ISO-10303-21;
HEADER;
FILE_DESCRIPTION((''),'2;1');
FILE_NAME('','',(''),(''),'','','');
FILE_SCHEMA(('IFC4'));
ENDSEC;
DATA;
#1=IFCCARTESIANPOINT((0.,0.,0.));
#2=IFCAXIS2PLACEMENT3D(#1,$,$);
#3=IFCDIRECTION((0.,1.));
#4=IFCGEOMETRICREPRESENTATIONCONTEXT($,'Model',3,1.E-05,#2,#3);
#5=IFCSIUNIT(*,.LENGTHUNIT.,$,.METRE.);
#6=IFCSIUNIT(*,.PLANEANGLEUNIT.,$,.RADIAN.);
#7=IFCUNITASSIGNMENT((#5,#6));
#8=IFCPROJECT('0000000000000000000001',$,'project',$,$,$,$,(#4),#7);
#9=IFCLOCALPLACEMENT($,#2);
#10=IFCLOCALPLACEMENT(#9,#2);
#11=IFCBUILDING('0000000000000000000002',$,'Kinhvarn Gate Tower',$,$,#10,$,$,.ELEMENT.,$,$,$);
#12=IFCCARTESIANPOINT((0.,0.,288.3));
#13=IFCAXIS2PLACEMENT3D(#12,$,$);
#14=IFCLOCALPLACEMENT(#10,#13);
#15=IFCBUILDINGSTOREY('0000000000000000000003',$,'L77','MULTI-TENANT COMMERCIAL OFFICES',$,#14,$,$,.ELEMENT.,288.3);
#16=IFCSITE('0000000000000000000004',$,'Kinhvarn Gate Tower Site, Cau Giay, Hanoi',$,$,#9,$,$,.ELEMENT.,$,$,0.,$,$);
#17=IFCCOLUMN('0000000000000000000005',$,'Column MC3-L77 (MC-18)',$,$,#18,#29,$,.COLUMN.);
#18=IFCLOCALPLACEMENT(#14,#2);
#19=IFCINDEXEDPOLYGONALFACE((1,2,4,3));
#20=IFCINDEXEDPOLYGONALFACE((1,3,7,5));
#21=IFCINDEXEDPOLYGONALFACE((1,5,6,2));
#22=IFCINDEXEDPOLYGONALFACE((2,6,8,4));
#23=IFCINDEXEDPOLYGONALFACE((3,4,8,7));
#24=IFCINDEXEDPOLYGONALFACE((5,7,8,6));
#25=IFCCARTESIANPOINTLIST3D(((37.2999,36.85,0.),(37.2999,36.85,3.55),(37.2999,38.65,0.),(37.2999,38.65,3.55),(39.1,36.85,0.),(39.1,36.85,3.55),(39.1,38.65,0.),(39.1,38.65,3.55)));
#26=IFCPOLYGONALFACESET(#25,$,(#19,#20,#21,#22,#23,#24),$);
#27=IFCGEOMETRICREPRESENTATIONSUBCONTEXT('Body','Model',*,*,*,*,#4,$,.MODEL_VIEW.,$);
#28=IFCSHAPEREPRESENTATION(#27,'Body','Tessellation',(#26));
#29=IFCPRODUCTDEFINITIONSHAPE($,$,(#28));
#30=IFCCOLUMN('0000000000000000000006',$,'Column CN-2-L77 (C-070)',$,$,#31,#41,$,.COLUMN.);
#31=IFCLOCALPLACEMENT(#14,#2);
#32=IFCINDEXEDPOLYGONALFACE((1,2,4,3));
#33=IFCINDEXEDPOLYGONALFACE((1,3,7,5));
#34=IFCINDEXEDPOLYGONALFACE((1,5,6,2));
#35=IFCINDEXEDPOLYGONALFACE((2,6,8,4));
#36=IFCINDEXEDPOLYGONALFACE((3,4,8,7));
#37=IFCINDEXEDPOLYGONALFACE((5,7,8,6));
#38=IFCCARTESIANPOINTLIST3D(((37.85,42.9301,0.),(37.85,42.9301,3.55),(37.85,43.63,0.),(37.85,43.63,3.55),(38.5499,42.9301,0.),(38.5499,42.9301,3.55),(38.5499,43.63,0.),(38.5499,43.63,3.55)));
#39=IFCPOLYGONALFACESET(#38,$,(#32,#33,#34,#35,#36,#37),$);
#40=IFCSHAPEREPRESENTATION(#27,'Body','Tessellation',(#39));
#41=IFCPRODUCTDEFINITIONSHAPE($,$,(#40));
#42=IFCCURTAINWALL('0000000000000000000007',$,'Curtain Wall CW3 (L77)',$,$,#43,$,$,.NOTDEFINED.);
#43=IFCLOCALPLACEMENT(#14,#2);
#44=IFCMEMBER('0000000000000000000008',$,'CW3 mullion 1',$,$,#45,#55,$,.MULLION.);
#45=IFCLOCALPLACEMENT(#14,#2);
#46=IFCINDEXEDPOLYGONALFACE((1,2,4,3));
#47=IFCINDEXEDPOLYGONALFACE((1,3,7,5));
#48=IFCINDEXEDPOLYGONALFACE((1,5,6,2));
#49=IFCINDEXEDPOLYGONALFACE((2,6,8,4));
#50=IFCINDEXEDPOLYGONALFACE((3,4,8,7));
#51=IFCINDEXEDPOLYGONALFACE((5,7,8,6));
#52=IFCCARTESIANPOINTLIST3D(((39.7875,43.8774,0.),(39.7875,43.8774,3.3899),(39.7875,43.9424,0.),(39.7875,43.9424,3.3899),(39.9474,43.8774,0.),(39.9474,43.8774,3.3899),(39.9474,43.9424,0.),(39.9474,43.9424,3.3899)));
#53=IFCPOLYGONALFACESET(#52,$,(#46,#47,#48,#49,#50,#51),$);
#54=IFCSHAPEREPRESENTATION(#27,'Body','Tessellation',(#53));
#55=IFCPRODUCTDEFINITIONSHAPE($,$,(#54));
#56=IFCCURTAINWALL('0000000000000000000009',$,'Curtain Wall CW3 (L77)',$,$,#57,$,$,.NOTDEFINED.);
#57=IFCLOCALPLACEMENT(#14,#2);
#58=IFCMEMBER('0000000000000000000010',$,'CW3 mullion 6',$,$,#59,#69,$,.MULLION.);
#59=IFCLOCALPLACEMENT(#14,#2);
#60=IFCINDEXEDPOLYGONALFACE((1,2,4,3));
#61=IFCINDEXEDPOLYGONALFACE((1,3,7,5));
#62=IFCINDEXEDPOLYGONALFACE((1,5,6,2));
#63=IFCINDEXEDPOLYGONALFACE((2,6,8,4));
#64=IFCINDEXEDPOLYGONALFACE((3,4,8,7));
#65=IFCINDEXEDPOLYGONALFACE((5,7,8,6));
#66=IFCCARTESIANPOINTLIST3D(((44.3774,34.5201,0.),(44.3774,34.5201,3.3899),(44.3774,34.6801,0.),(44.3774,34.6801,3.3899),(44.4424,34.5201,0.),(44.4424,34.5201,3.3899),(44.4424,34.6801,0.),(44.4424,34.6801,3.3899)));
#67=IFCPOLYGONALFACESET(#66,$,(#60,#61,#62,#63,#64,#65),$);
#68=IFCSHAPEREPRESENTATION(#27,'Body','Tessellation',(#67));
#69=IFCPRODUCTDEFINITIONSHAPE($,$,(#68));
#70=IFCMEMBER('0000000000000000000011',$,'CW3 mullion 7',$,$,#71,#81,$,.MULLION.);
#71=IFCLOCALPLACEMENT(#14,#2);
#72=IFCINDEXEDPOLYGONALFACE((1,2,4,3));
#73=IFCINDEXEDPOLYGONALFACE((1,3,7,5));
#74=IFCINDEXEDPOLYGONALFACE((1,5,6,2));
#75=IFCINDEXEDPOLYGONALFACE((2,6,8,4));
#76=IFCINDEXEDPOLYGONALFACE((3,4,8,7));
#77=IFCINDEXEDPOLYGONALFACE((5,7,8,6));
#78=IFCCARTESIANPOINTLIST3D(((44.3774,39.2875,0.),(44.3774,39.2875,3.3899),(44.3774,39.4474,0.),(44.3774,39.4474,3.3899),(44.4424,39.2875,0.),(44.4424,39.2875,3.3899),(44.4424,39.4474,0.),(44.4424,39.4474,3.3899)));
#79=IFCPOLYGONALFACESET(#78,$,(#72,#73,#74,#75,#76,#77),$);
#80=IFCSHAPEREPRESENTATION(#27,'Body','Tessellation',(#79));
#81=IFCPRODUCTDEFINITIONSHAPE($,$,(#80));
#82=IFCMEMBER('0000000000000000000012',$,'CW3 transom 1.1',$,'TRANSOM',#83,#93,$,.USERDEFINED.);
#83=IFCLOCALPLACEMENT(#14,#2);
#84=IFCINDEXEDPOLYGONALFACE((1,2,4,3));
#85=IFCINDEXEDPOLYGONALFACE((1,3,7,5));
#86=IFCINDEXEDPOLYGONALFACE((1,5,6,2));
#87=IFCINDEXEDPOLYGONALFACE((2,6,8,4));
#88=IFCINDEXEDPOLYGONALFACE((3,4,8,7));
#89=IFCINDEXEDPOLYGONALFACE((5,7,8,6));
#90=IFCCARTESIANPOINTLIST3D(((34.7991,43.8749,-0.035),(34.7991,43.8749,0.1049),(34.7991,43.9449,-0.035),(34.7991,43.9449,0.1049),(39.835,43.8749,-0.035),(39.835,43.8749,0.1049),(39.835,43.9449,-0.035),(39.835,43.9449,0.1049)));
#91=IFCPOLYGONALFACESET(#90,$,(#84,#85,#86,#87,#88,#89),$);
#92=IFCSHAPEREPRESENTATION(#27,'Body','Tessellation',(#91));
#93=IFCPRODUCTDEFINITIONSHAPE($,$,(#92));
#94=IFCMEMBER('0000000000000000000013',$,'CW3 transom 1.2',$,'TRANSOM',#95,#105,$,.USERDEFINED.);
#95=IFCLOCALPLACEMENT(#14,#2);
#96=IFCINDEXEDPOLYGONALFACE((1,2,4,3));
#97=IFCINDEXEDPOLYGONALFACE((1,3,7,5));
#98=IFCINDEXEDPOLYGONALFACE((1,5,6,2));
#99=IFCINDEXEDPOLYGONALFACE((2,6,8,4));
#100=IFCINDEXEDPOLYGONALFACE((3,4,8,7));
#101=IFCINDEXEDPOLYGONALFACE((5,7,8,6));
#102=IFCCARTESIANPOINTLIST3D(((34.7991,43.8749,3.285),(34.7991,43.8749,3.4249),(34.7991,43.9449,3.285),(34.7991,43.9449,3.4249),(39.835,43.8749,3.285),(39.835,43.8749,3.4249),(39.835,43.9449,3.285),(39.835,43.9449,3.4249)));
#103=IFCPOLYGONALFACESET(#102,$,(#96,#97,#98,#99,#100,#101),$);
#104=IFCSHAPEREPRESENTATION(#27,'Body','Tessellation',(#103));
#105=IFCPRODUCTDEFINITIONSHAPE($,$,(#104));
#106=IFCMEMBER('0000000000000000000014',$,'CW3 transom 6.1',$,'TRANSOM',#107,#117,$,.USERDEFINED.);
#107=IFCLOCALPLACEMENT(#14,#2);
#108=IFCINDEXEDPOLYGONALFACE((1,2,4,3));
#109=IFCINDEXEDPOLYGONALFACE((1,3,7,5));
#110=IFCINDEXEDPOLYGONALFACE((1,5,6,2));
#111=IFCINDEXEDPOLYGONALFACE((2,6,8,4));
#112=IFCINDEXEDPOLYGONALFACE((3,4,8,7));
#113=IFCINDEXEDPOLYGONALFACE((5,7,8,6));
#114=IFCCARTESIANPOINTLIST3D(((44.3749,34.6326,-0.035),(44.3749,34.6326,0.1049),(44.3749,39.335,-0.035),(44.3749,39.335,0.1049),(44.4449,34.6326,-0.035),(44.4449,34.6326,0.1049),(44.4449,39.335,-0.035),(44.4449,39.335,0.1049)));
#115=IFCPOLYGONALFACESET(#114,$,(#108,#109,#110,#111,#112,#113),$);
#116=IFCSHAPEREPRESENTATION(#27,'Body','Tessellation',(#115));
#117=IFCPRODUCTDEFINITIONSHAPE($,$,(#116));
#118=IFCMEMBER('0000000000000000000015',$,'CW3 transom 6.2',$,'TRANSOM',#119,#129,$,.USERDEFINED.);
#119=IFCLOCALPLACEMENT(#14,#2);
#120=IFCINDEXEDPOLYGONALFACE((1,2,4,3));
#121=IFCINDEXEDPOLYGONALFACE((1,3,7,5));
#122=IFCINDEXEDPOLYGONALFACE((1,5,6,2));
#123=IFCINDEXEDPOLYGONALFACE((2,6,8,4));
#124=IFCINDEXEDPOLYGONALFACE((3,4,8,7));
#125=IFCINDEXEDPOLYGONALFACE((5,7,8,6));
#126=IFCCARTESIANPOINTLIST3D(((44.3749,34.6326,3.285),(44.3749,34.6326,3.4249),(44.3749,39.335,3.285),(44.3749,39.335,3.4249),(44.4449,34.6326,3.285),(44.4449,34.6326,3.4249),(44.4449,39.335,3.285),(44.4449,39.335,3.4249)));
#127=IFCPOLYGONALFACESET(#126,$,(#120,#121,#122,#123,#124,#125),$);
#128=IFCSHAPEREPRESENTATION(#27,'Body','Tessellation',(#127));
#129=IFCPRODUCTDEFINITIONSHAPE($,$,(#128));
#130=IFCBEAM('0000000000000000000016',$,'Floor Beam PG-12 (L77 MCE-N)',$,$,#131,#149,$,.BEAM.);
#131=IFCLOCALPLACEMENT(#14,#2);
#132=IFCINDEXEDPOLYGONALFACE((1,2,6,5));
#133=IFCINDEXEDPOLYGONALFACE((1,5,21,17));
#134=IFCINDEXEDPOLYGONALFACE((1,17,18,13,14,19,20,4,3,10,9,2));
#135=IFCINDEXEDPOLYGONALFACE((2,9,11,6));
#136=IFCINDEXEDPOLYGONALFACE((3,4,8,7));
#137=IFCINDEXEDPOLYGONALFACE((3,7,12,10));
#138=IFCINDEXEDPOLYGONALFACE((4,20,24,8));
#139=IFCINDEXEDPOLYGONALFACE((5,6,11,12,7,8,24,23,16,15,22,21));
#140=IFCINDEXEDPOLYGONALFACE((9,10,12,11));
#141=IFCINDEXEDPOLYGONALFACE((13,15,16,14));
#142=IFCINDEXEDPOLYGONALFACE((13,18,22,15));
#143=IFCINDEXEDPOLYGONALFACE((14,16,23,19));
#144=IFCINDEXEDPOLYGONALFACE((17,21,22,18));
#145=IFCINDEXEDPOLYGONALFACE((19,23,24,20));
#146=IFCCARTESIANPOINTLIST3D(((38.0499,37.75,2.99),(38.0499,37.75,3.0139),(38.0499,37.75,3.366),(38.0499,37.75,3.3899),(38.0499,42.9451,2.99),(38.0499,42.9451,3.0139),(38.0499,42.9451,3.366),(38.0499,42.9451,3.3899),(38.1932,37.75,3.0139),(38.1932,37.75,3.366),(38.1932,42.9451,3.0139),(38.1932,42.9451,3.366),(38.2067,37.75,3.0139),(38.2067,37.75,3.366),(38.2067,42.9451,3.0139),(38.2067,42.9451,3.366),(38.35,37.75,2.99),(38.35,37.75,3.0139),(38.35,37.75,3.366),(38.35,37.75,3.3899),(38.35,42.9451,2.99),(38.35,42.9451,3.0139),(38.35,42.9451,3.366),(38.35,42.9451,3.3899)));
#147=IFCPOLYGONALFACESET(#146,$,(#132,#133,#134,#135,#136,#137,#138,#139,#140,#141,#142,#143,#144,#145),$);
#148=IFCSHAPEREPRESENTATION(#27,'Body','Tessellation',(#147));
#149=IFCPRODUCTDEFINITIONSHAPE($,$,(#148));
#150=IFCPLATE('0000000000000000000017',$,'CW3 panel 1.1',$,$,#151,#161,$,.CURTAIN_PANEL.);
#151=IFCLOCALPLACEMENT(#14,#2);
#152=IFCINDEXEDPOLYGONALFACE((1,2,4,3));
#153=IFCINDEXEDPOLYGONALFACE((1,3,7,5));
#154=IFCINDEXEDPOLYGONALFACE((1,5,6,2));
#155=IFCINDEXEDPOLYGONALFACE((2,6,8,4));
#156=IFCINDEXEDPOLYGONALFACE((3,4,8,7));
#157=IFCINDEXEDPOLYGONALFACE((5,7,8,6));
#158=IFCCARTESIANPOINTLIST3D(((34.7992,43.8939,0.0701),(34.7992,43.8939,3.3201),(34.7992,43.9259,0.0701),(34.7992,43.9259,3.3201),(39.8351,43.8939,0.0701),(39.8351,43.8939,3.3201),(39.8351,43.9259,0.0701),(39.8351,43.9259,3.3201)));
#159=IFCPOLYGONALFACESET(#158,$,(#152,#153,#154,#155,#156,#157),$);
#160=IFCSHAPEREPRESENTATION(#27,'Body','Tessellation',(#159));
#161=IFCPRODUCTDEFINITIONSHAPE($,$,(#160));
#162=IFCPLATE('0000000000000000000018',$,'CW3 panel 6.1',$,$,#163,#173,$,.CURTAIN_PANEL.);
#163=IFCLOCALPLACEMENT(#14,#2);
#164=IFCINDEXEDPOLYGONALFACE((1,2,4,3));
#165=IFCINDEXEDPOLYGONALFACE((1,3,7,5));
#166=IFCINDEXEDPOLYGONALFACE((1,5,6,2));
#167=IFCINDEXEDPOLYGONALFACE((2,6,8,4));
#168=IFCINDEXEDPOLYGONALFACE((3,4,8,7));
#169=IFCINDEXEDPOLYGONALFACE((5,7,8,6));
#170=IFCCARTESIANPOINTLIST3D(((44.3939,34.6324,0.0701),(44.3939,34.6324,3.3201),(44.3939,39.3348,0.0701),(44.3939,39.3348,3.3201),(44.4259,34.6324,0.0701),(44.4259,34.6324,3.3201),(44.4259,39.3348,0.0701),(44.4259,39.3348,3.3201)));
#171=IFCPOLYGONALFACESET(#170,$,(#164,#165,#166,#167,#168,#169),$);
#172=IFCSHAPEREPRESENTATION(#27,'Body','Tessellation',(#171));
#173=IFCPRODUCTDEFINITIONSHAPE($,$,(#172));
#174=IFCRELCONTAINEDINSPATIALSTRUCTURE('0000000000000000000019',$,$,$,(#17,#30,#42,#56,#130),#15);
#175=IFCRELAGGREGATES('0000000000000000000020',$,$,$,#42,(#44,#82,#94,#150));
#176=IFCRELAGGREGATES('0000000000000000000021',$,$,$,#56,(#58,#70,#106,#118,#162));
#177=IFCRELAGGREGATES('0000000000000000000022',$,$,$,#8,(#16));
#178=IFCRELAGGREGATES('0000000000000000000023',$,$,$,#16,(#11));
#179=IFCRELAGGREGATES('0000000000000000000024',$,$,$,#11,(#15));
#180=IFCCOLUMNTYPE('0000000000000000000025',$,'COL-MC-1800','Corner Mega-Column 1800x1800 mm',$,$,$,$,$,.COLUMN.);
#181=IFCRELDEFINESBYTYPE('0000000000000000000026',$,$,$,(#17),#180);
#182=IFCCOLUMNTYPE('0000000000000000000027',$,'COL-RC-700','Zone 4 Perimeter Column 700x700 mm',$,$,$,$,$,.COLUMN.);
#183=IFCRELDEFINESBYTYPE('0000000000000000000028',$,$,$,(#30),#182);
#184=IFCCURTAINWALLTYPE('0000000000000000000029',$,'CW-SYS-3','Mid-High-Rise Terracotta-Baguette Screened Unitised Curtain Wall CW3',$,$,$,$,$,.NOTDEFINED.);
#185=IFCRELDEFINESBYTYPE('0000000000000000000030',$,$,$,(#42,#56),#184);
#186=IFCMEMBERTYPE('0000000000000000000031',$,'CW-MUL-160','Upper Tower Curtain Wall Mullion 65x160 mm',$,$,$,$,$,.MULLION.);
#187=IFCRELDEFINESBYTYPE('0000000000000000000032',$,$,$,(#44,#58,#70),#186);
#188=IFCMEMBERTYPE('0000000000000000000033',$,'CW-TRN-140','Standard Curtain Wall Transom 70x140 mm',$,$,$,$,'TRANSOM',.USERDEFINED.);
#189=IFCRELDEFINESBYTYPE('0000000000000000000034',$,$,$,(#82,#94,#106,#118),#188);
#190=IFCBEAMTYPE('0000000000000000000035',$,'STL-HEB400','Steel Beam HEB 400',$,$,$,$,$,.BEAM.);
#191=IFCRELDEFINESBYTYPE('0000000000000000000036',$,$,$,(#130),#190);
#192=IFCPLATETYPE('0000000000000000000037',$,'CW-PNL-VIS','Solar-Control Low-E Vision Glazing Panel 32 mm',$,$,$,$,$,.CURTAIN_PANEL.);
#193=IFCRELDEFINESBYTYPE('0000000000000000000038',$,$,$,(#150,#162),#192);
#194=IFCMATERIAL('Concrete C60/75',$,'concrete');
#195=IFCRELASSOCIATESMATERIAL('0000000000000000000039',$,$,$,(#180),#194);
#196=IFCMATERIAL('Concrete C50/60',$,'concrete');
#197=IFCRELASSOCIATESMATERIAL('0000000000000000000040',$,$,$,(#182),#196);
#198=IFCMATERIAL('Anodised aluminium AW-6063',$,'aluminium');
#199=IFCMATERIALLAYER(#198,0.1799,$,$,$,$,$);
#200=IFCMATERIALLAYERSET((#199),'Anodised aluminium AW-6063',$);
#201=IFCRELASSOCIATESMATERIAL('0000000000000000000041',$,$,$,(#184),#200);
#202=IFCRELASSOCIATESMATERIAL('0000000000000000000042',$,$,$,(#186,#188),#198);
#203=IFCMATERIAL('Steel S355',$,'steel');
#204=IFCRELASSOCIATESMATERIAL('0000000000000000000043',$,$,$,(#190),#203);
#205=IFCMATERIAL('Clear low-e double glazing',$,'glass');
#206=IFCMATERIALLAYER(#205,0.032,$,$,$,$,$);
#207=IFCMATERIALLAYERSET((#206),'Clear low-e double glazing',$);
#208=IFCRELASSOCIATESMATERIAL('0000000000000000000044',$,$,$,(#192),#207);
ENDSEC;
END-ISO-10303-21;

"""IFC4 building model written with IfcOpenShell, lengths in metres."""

from ifc_helpers import new_model, si_unit, direction, frame, origin, origin_2d, place, context, subcontext, project, spatial, rectangle, i_section, extrude, material, layer, layer_set, material_profile, profile_set, type_object, element, aggregate, save


model = new_model("IFC4")

# Units and contexts
model_context = context("Model", 3, precision=1e-05, world=origin(), true_north=direction((0.0, 1.0)))
body_context = subcontext(model_context, "Body", "Model", "MODEL_VIEW")
ifc_project = project(units=[si_unit("LENGTHUNIT", "METRE"), si_unit("PLANEANGLEUNIT", "RADIAN")], contexts=[model_context])

# Site, building, storey
site_placement = place(None, origin())
site = spatial("IfcSite", under=ifc_project, at=site_placement, Name="Kinhvarn Gate Tower Site, Cau Giay, Hanoi", CompositionType="ELEMENT", RefElevation=0.0)
building_placement = place(site_placement, origin())
building = spatial("IfcBuilding", under=site, at=building_placement, Name="Kinhvarn Gate Tower", CompositionType="ELEMENT")
storey_placement = place(building_placement, frame((0.0, 0.0, 288.3)))
storey = spatial("IfcBuildingStorey", under=building, at=storey_placement, Name="L77", Description="MULTI-TENANT COMMERCIAL OFFICES", CompositionType="ELEMENT", Elevation=288.3)

# Columns
ifc_material_1 = material(Name="Concrete C60/75", Category="concrete")
ifc_material_profile_1 = material_profile(ifc_material_1, rectangle(XDim=1.8, YDim=1.8, at=origin_2d()), Name="RC 1800x1800")
ifc_profile_set_1 = profile_set([ifc_material_profile_1], Name="Concrete C60/75")
column_type_1 = type_object("IfcColumnType", Name="COL-MC-1800", Description="Corner Mega-Column 1800x1800 mm", PredefinedType="COLUMN", material=ifc_profile_set_1)
column_1_placement = place(storey_placement, frame((38.2, 37.75, 0.0), z_axis=(0.0, 0.0, 1.0), x_axis=(1.0, 0.0, 0.0)))
element("IfcColumn", 1, at=column_1_placement, inside=storey, type_object=column_type_1, Name="Column MC3-L77 (MC-18)", PredefinedType="COLUMN", context=body_context, shape_type="SweptSolid", body=[
    extrude(rectangle(XDim=1.8, YDim=1.8, at=origin_2d()), origin(), (0.0, 0.0, 1.0), 3.55),
])
ifc_material_2 = material(Name="Concrete C50/60", Category="concrete")
ifc_material_profile_2 = material_profile(ifc_material_2, rectangle(XDim=0.7, YDim=0.7, at=origin_2d()), Name="RC 700x700")
ifc_profile_set_2 = profile_set([ifc_material_profile_2], Name="Concrete C50/60")
column_type_2 = type_object("IfcColumnType", Name="COL-RC-700", Description="Zone 4 Perimeter Column 700x700 mm", PredefinedType="COLUMN", material=ifc_profile_set_2)
column_2_placement = place(storey_placement, frame((38.2, 43.28, 0.0), z_axis=(0.0, 0.0, 1.0), x_axis=(1.0, 0.0, 0.0)))
element("IfcColumn", 2, at=column_2_placement, inside=storey, type_object=column_type_2, Name="Column CN-2-L77 (C-070)", PredefinedType="COLUMN", context=body_context, shape_type="SweptSolid", body=[
    extrude(rectangle(XDim=0.7, YDim=0.7, at=origin_2d()), origin(), (0.0, 0.0, 1.0), 3.55),
])

# Curtain wall, member
ifc_material_3 = material(Name="Anodised aluminium AW-6063", Category="aluminium")
ifc_layer_1 = layer(ifc_material_3, 0.1799)
ifc_layer_set_1 = layer_set([ifc_layer_1], Name="Anodised aluminium AW-6063")
curtain_wall_type = type_object("IfcCurtainWallType", Name="CW-SYS-3", Description="Mid-High-Rise Terracotta-Baguette Screened Unitised Curtain Wall CW3", PredefinedType="NOTDEFINED", material=ifc_layer_set_1)
curtain_wall_1_placement = place(storey_placement, origin())
curtain_wall_1 = element("IfcCurtainWall", 3, at=curtain_wall_1_placement, inside=storey, type_object=curtain_wall_type, Name="Curtain Wall CW3 (L77)", PredefinedType="NOTDEFINED")
ifc_material_profile_3 = material_profile(ifc_material_3, rectangle(XDim=0.0649, YDim=0.1599, at=origin_2d()), Name="ALU 65x160")
ifc_profile_set_3 = profile_set([ifc_material_profile_3], Name="Anodised aluminium AW-6063")
member_type_1 = type_object("IfcMemberType", Name="CW-MUL-160", Description="Upper Tower Curtain Wall Mullion 65x160 mm", PredefinedType="MULLION", material=ifc_profile_set_3)
member_1_placement = place(storey_placement, frame((39.8674, 43.9099, 0.0), z_axis=(0.0, 0.0, 1.0), x_axis=(0.0, -1.0, 0.0)))
member_1 = element("IfcMember", 4, at=member_1_placement, type_object=member_type_1, Name="CW3 mullion 1", PredefinedType="MULLION", context=body_context, shape_type="SweptSolid", body=[
    extrude(rectangle(XDim=0.0649, YDim=0.1599, at=origin_2d()), origin(), (0.0, 0.0, 1.0), 3.3899),
])

# Curtain wall, members
curtain_wall_2_placement = place(storey_placement, origin())
curtain_wall_2 = element("IfcCurtainWall", 5, at=curtain_wall_2_placement, inside=storey, type_object=curtain_wall_type, Name="Curtain Wall CW3 (L77)", PredefinedType="NOTDEFINED")
member_2_placement = place(storey_placement, frame((44.4099, 34.6001, 0.0), z_axis=(0.0, 0.0, 1.0), x_axis=(-1.0, 0.0, 0.0)))
member_2 = element("IfcMember", 6, at=member_2_placement, type_object=member_type_1, Name="CW3 mullion 6", PredefinedType="MULLION", context=body_context, shape_type="SweptSolid", body=[
    extrude(rectangle(XDim=0.0649, YDim=0.1599, at=origin_2d()), origin(), (0.0, 0.0, 1.0), 3.3899),
])
member_3_placement = place(storey_placement, frame((44.4099, 39.3674, 0.0), z_axis=(0.0, 0.0, 1.0), x_axis=(-1.0, 0.0, 0.0)))
member_3 = element("IfcMember", 7, at=member_3_placement, type_object=member_type_1, Name="CW3 mullion 7", PredefinedType="MULLION", context=body_context, shape_type="SweptSolid", body=[
    extrude(rectangle(XDim=0.0649, YDim=0.1599, at=origin_2d()), origin(), (0.0, 0.0, 1.0), 3.3899),
])

# Members
ifc_material_profile_4 = material_profile(ifc_material_3, rectangle(XDim=0.0701, YDim=0.1399, at=origin_2d()), Name="ALU 70x140")
ifc_profile_set_4 = profile_set([ifc_material_profile_4], Name="Anodised aluminium AW-6063")
member_type_2 = type_object("IfcMemberType", Name="CW-TRN-140", Description="Standard Curtain Wall Transom 70x140 mm", ElementType="TRANSOM", PredefinedType="USERDEFINED", material=ifc_profile_set_4)
member_4_placement = place(storey_placement, frame((39.835, 43.9099, 0.0349), z_axis=(-1.0, 0.0, 0.0), x_axis=(0.0, -1.0, 0.0)))
member_4 = element("IfcMember", 8, at=member_4_placement, type_object=member_type_2, Name="CW3 transom 1.1", ObjectType="TRANSOM", PredefinedType="USERDEFINED", context=body_context, shape_type="SweptSolid", body=[
    extrude(rectangle(XDim=0.0701, YDim=0.1399, at=origin_2d()), origin(), (0.0, 0.0, 1.0), 5.0359),
])
member_5_placement = place(storey_placement, frame((39.835, 43.9099, 3.355), z_axis=(-1.0, 0.0, 0.0), x_axis=(0.0, -1.0, 0.0)))
member_5 = element("IfcMember", 9, at=member_5_placement, type_object=member_type_2, Name="CW3 transom 1.2", ObjectType="TRANSOM", PredefinedType="USERDEFINED", context=body_context, shape_type="SweptSolid", body=[
    extrude(rectangle(XDim=0.0701, YDim=0.1399, at=origin_2d()), origin(), (0.0, 0.0, 1.0), 5.0359),
])
member_6_placement = place(storey_placement, frame((44.4099, 34.6326, 0.0349), z_axis=(0.0, 1.0, 0.0), x_axis=(-1.0, 0.0, 0.0)))
member_6 = element("IfcMember", 10, at=member_6_placement, type_object=member_type_2, Name="CW3 transom 6.1", ObjectType="TRANSOM", PredefinedType="USERDEFINED", context=body_context, shape_type="SweptSolid", body=[
    extrude(rectangle(XDim=0.0701, YDim=0.1399, at=origin_2d()), origin(), (0.0, 0.0, 1.0), 4.7024),
])
member_7_placement = place(storey_placement, frame((44.4099, 34.6326, 3.355), z_axis=(0.0, 1.0, 0.0), x_axis=(-1.0, 0.0, 0.0)))
member_7 = element("IfcMember", 11, at=member_7_placement, type_object=member_type_2, Name="CW3 transom 6.2", ObjectType="TRANSOM", PredefinedType="USERDEFINED", context=body_context, shape_type="SweptSolid", body=[
    extrude(rectangle(XDim=0.0701, YDim=0.1399, at=origin_2d()), origin(), (0.0, 0.0, 1.0), 4.7024),
])

# Beam
ifc_material_4 = material(Name="Steel S355", Category="steel")
ifc_material_profile_5 = material_profile(ifc_material_4, i_section(OverallWidth=0.3, OverallDepth=0.3999, WebThickness=0.0134, FlangeThickness=0.0239, at=origin_2d()), Name="HEB 400")
ifc_profile_set_5 = profile_set([ifc_material_profile_5], Name="Steel S355")
beam_type = type_object("IfcBeamType", Name="STL-HEB400", Description="Steel Beam HEB 400", PredefinedType="BEAM", material=ifc_profile_set_5)
beam_placement = place(storey_placement, frame((38.2, 37.75, 3.1899), z_axis=(0.0, 1.0, 0.0), x_axis=(-1.0, 0.0, 0.0)))
element("IfcBeam", 12, at=beam_placement, inside=storey, type_object=beam_type, Name="Floor Beam PG-12 (L77 MCE-N)", PredefinedType="BEAM", context=body_context, shape_type="SweptSolid", body=[
    extrude(i_section(OverallWidth=0.3, OverallDepth=0.3999, WebThickness=0.0134, FlangeThickness=0.0239, at=origin_2d()), origin(), (0.0, 0.0, 1.0), 5.1951),
])

# Plates
ifc_material_5 = material(Name="Clear low-e double glazing", Category="glass")
ifc_layer_2 = layer(ifc_material_5, 0.032)
ifc_layer_set_2 = layer_set([ifc_layer_2], Name="Clear low-e double glazing")
plate_type = type_object("IfcPlateType", Name="CW-PNL-VIS", Description="Solar-Control Low-E Vision Glazing Panel 32 mm", PredefinedType="CURTAIN_PANEL", material=ifc_layer_set_2)
plate_1_placement = place(storey_placement, frame((37.3171, 43.9099, 0.0701), z_axis=(0.0, 0.0, 1.0), x_axis=(-1.0, 0.0, 0.0)))
plate_1 = element("IfcPlate", 13, at=plate_1_placement, type_object=plate_type, Name="CW3 panel 1.1", PredefinedType="CURTAIN_PANEL", context=body_context, shape_type="SweptSolid", body=[
    extrude(rectangle(XDim=5.0359, YDim=0.032, at=origin_2d()), origin(), (0.0, 0.0, 1.0), 3.25),
])
aggregate(curtain_wall_1, [member_1, member_4, member_5, plate_1])
plate_2_placement = place(storey_placement, frame((44.4099, 36.9836, 0.0701), z_axis=(0.0, 0.0, 1.0), x_axis=(0.0, 1.0, 0.0)))
plate_2 = element("IfcPlate", 14, at=plate_2_placement, type_object=plate_type, Name="CW3 panel 6.1", PredefinedType="CURTAIN_PANEL", context=body_context, shape_type="SweptSolid", body=[
    extrude(rectangle(XDim=4.7024, YDim=0.032, at=origin_2d()), origin(), (0.0, 0.0, 1.0), 3.25),
])
aggregate(curtain_wall_2, [member_2, member_3, member_6, member_7, plate_2])

save(model, "model.ifc")
